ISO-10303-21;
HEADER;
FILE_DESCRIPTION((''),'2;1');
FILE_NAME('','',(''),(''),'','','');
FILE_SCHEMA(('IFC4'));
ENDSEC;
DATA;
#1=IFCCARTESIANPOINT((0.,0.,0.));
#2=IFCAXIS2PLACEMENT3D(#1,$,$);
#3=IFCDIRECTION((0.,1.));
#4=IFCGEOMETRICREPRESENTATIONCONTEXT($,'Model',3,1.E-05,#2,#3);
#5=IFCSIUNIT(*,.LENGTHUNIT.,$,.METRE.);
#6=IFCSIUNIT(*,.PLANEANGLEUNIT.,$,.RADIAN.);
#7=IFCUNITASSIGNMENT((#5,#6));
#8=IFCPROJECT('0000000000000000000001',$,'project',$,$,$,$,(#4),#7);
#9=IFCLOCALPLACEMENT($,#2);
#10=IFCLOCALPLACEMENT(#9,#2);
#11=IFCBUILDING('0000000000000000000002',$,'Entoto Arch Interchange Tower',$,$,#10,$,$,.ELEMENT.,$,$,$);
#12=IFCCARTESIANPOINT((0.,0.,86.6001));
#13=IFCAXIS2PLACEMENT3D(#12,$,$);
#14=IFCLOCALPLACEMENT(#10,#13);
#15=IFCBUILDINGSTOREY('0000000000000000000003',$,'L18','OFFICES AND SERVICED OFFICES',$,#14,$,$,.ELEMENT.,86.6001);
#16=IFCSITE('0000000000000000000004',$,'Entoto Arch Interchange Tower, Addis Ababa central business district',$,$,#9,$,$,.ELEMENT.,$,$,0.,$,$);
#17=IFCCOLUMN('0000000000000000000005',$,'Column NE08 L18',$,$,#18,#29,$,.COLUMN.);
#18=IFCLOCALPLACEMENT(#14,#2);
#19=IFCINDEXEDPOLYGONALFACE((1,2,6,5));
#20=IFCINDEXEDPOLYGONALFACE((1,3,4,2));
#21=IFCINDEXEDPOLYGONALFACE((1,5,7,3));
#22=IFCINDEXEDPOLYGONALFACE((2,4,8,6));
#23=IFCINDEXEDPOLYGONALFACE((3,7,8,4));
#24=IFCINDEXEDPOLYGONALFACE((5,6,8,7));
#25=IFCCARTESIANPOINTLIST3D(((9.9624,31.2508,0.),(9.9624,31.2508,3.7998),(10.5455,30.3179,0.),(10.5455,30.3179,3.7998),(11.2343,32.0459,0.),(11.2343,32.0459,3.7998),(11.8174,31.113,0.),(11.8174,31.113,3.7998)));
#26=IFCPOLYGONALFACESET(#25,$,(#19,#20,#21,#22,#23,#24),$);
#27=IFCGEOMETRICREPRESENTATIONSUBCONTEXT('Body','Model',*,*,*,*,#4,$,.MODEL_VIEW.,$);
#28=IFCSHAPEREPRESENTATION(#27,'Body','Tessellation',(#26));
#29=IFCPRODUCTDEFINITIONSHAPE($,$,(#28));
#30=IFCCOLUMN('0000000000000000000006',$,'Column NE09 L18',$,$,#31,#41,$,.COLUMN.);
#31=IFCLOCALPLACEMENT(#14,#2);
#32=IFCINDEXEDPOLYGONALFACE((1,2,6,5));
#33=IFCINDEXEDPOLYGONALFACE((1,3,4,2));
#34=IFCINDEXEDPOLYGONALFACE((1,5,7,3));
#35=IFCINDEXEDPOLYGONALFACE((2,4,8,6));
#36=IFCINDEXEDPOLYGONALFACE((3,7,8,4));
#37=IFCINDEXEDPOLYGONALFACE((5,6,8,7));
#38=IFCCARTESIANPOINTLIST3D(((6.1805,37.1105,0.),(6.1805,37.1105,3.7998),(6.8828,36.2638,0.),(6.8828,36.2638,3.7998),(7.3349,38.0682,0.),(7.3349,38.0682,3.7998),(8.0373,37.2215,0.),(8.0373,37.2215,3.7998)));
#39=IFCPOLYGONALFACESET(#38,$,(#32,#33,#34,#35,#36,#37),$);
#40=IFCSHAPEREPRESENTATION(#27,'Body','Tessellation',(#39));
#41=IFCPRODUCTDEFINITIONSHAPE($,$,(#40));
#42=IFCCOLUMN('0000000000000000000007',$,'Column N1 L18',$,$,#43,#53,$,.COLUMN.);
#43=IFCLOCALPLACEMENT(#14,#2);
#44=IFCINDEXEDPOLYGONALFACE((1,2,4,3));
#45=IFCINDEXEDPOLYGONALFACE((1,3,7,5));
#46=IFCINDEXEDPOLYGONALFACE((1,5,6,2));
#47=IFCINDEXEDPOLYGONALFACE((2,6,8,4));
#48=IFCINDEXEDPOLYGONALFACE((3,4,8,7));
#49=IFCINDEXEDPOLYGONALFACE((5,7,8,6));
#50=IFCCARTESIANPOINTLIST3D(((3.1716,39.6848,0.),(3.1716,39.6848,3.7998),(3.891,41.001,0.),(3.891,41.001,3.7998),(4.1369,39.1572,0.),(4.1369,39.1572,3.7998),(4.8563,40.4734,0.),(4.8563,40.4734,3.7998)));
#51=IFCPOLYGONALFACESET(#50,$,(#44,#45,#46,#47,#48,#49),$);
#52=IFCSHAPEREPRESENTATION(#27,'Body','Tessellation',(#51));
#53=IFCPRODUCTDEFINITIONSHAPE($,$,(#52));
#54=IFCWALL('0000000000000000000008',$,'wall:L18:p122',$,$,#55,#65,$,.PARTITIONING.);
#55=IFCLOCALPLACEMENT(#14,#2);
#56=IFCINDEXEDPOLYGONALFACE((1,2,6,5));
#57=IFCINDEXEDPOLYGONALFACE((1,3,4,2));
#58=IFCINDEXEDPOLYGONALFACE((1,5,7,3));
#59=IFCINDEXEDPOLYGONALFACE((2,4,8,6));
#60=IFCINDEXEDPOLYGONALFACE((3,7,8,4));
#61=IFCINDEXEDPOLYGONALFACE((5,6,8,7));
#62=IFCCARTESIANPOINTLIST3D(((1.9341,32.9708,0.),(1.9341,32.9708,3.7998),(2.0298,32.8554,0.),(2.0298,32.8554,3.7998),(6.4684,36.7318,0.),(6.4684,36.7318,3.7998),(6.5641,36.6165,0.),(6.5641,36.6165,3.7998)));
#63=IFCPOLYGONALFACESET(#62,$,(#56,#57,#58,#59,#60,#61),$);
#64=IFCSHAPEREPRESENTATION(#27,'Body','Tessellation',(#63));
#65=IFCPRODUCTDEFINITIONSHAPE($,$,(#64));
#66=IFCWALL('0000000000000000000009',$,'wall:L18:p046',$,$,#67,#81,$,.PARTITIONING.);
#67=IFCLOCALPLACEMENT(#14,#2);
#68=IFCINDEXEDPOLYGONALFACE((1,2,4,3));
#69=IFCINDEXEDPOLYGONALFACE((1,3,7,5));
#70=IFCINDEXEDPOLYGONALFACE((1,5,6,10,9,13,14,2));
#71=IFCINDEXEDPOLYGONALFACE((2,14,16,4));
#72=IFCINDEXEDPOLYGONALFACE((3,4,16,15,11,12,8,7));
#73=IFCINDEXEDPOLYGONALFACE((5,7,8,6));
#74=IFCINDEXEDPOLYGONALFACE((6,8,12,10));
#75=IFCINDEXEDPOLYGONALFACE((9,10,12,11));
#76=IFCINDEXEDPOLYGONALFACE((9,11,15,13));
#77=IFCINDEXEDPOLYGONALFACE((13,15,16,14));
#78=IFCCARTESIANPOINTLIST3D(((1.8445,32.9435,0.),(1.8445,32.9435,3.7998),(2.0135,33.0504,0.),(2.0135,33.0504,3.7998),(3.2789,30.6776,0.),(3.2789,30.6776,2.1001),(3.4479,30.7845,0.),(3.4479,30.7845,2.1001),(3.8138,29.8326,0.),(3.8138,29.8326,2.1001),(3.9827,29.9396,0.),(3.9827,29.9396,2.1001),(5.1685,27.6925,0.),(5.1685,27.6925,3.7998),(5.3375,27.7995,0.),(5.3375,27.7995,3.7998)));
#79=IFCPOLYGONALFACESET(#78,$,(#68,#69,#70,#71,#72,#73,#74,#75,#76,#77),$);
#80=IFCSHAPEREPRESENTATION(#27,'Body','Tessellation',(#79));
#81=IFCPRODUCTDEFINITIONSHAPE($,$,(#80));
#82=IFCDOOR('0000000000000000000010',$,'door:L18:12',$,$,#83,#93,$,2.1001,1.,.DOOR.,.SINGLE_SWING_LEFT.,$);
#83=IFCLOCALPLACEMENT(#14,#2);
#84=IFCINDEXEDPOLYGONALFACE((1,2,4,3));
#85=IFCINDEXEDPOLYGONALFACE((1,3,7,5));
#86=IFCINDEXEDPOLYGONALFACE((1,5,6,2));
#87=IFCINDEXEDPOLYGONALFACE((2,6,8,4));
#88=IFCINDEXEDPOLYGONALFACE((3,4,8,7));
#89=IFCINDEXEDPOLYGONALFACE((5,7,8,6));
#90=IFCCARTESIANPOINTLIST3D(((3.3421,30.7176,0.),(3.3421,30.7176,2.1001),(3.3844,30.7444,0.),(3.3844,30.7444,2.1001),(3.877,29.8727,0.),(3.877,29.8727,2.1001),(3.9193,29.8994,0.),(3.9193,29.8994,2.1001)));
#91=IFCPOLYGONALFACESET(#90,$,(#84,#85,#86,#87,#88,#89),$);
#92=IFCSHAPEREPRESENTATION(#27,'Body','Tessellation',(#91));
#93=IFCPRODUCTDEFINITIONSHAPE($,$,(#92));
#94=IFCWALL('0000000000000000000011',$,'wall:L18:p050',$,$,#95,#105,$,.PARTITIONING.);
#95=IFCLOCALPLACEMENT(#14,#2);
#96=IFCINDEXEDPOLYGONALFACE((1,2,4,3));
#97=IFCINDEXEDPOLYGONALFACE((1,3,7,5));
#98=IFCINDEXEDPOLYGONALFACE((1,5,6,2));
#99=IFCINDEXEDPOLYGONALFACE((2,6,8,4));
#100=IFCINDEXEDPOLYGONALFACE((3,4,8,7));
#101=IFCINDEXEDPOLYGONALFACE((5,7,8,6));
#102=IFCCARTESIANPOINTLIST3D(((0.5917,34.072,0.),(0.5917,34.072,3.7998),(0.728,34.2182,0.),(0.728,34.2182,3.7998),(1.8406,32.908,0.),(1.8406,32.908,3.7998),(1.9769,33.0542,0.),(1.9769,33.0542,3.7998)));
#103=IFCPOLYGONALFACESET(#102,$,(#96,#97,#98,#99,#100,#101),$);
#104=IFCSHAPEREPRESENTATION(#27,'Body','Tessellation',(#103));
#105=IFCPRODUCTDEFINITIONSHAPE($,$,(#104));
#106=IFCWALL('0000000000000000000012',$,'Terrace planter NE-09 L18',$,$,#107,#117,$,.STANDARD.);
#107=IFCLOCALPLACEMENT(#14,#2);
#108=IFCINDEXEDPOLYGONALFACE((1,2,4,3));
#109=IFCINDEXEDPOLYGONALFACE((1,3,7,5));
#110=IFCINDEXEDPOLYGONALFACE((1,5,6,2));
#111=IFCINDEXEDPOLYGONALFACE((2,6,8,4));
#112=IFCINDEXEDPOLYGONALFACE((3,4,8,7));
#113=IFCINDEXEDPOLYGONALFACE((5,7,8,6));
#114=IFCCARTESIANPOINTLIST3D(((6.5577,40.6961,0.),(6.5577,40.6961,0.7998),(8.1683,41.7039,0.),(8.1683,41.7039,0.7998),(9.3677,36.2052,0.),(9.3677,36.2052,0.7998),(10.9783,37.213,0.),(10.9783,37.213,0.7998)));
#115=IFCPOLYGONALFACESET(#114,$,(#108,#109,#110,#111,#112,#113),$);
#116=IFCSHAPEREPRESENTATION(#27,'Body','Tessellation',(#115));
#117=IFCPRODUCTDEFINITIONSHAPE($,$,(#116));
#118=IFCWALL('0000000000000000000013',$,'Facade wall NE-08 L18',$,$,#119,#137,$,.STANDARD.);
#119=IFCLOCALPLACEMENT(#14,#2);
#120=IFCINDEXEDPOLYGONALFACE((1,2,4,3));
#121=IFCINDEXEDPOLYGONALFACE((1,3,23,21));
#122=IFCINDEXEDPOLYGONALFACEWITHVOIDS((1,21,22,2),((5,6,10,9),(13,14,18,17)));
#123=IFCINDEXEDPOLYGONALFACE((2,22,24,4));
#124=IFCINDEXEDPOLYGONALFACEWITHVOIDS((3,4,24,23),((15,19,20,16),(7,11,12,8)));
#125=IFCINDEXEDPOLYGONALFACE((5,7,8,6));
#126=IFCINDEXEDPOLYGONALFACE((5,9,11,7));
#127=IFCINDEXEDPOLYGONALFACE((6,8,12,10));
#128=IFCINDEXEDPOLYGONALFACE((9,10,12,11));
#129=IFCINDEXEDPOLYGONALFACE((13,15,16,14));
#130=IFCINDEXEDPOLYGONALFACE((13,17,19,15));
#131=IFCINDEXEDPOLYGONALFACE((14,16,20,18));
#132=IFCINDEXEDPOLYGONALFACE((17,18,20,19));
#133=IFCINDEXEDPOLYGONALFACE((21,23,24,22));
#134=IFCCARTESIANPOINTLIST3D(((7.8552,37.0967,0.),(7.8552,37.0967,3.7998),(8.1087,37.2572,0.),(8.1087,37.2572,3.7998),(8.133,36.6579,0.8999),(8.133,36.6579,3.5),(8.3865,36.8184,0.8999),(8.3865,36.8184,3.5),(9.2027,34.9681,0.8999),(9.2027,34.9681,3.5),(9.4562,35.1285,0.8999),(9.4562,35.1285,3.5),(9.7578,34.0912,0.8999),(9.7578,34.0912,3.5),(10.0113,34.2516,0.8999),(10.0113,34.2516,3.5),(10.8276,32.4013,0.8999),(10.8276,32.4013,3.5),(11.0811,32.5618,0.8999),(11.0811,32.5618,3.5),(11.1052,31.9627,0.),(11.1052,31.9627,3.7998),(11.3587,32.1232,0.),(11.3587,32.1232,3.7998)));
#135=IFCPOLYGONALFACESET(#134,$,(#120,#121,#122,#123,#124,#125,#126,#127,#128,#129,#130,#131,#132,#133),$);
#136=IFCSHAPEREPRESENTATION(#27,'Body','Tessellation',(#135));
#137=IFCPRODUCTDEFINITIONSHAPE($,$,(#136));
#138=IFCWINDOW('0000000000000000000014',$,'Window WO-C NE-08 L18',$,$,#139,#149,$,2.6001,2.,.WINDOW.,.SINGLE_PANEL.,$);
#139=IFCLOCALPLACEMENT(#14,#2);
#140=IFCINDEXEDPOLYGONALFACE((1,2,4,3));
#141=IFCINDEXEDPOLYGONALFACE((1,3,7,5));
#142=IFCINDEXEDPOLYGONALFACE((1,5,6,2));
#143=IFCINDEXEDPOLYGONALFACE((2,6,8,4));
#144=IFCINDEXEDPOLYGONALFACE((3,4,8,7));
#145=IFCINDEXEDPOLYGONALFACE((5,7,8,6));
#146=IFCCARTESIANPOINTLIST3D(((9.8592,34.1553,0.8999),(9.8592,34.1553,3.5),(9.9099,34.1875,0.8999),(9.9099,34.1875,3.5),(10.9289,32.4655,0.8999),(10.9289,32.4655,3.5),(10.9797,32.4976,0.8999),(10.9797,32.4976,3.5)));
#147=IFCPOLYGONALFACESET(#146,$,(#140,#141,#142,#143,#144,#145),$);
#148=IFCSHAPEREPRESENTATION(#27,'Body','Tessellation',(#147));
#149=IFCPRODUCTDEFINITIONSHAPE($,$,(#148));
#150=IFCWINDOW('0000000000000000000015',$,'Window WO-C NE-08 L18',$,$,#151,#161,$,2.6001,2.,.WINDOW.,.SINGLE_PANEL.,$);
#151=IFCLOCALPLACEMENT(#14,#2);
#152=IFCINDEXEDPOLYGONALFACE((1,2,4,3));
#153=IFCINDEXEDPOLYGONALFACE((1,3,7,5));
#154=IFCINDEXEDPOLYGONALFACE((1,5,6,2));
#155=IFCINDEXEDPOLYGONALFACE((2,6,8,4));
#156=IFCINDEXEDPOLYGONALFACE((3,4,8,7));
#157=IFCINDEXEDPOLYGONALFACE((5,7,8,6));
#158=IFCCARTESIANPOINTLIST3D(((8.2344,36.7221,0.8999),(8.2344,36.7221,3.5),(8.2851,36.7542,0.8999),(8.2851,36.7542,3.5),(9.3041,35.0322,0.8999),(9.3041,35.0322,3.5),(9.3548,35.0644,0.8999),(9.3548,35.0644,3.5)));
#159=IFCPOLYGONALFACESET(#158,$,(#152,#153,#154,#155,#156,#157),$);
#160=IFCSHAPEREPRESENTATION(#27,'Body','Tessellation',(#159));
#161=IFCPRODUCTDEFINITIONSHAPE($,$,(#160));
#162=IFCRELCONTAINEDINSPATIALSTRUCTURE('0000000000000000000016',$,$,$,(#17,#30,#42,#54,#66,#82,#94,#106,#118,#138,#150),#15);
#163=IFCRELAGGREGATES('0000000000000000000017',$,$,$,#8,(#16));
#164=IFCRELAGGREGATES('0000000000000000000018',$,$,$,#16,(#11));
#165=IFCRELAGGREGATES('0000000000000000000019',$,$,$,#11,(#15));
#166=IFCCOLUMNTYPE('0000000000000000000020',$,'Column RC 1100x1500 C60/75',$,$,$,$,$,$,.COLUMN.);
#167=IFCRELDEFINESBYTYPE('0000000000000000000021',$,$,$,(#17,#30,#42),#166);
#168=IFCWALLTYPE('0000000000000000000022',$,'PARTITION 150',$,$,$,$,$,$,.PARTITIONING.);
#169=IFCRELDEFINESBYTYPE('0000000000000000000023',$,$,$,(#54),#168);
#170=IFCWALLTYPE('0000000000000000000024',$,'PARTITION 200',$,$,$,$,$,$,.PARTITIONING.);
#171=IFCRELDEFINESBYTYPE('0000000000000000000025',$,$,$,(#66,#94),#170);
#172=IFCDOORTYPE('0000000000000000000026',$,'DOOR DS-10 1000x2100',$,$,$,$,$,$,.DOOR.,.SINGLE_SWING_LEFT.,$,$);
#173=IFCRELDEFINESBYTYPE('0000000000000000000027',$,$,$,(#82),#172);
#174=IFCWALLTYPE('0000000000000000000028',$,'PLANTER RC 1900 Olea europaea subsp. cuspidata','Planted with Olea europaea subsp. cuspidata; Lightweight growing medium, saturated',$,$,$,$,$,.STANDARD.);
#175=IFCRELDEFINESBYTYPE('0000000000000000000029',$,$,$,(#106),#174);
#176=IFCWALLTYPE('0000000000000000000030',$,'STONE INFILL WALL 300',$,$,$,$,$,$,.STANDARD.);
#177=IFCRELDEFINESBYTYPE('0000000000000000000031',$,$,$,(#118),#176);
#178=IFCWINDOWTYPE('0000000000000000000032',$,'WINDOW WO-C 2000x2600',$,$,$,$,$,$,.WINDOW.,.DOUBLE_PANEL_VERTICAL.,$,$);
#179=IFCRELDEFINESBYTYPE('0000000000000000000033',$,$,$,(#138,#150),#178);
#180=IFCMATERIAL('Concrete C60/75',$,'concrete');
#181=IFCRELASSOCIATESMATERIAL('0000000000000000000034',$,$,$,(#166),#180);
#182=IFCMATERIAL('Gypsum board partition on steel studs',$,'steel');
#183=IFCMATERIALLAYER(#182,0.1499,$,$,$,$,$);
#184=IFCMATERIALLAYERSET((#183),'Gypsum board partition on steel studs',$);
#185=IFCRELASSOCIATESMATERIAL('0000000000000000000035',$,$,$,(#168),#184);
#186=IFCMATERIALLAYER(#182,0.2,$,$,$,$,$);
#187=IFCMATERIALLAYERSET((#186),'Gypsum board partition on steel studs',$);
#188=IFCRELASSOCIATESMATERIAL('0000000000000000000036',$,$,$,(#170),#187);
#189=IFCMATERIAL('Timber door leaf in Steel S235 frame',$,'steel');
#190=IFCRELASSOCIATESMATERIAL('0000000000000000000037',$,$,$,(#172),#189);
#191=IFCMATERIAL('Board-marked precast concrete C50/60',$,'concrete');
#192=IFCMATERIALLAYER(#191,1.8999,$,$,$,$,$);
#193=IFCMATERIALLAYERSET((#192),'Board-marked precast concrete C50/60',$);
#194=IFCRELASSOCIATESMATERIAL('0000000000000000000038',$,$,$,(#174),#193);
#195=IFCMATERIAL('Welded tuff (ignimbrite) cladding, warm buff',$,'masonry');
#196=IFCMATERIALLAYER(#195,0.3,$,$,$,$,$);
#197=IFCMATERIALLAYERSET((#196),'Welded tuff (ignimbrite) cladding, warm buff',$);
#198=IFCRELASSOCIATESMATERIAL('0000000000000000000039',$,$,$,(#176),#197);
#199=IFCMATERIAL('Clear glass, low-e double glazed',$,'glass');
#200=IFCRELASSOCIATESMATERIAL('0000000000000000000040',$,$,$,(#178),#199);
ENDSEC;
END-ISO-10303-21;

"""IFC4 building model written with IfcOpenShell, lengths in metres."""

from ifc_helpers import new_model, si_unit, direction, frame, frame_2d, origin, origin_2d, place, context, subcontext, project, spatial, rectangle, extrude, material, layer, layer_set, material_profile, profile_set, type_object, element, fill, save


model = new_model("IFC4")

# Units and contexts
model_context = context("Model", 3, precision=1e-05, world=origin(), true_north=direction((0.0, 1.0)))
body_context = subcontext(model_context, "Body", "Model", "MODEL_VIEW")
ifc_project = project(units=[si_unit("LENGTHUNIT", "METRE"), si_unit("PLANEANGLEUNIT", "RADIAN")], contexts=[model_context])

# Site, building, storey
site_placement = place(None, origin())
site = spatial("IfcSite", under=ifc_project, at=site_placement, Name="Entoto Arch Interchange Tower, Addis Ababa central business district", CompositionType="ELEMENT", RefElevation=0.0)
building_placement = place(site_placement, origin())
building = spatial("IfcBuilding", under=site, at=building_placement, Name="Entoto Arch Interchange Tower", CompositionType="ELEMENT")
storey_placement = place(building_placement, frame((0.0, 0.0, 86.6001)))
storey = spatial("IfcBuildingStorey", under=building, at=storey_placement, Name="L18", Description="OFFICES AND SERVICED OFFICES", CompositionType="ELEMENT", Elevation=86.6001)

# Columns
ifc_material_1 = material(Name="Concrete C60/75", Category="concrete")
ifc_material_profile = material_profile(ifc_material_1, rectangle(XDim=1.1001, YDim=1.5, at=origin_2d()))
ifc_profile_set = profile_set([ifc_material_profile], Name="Concrete C60/75")
column_type = type_object("IfcColumnType", Name="Column RC 1100x1500 C60/75", PredefinedType="COLUMN", material=ifc_profile_set)
for number, where, z_axis, x_axis, name in (
    (1, (10.8899, 31.1819, 0.0), (0.0, 0.0, 1.0), (-0.530067, 0.847956, 0.0), "Column NE08 L18"),
    (2, (7.1089, 37.166, 0.0), (0.0, 0.0, 1.0), (-0.638459, 0.769656, 0.0), "Column NE09 L18"),
    (3, (4.0139, 40.0791, 0.0), (0.0, 0.0, 1.0), (-0.877481, 0.479611, 0.0), "Column N1 L18"),
):
    element("IfcColumn", number, at=place(storey_placement, frame(where, z_axis=z_axis, x_axis=x_axis)), inside=storey, type_object=column_type, Name=name, PredefinedType="COLUMN", context=body_context, shape_type="SweptSolid", body=[
        extrude(rectangle(XDim=1.1001, YDim=1.5, at=origin_2d()), origin(), (0.0, 0.0, 1.0), 3.7998),
    ])

# Wall
ifc_material_2 = material(Name="Gypsum board partition on steel studs", Category="steel")
ifc_layer_1 = layer(ifc_material_2, 0.1499)
ifc_layer_set_1 = layer_set([ifc_layer_1], Name="Gypsum board partition on steel studs")
wall_type_1 = type_object("IfcWallType", Name="PARTITION 150", PredefinedType="PARTITIONING", material=ifc_layer_set_1)
wall_1_placement = place(storey_placement, frame((1.9819, 32.9131, 0.0), z_axis=(0.0, 0.0, 1.0), x_axis=(0.76968, 0.63843, 0.0)))
element("IfcWall", 4, at=wall_1_placement, inside=storey, type_object=wall_type_1, Name="wall:L18:p122", PredefinedType="PARTITIONING", context=body_context, shape_type="SweptSolid", body=[
    extrude(rectangle(XDim=5.8911, YDim=0.1499, at=frame_2d((2.9456, 0.0))), origin(), (0.0, 0.0, 1.0), 3.7998),
])

# Wall, opening, door
ifc_layer_2 = layer(ifc_material_2, 0.2)
ifc_layer_set_2 = layer_set([ifc_layer_2], Name="Gypsum board partition on steel studs")
wall_type_2 = type_object("IfcWallType", Name="PARTITION 200", PredefinedType="PARTITIONING", material=ifc_layer_set_2)
wall_2_placement = place(storey_placement, frame((1.929, 32.9971, 0.0), z_axis=(0.0, 0.0, 1.0), x_axis=(0.534863, -0.844939, 0.0)))
wall_2 = element("IfcWall", 5, at=wall_2_placement, inside=storey, type_object=wall_type_2, Name="wall:L18:p046", PredefinedType="PARTITIONING", context=body_context, shape_type="SweptSolid", body=[
    extrude(rectangle(XDim=6.2146, YDim=0.2, at=frame_2d((3.1074, 0.0))), origin(), (0.0, 0.0, 1.0), 3.7998),
])
opening_1_placement = place(wall_2_placement, frame((2.6819, 0.0, 0.0)))
opening_1 = element("IfcOpeningElement", 6, at=opening_1_placement, cuts=wall_2, PredefinedType="OPENING", context=body_context, shape_type="SweptSolid", body=[
    extrude(rectangle(XDim=1.0, YDim=2.1001, at=frame_2d((0.5, 1.05))), frame((0.0, 0.1099, 0.0), z_axis=(0.0, -1.0, 0.0), x_axis=(1.0, 0.0, 0.0)), (0.0, 0.0, 1.0), 0.22),
])
ifc_material_3 = material(Name="Timber door leaf in Steel S235 frame", Category="steel")
door_type = type_object("IfcDoorType", Name="DOOR DS-10 1000x2100", OperationType="SINGLE_SWING_LEFT", PredefinedType="DOOR", material=ifc_material_3)
door_placement = place(opening_1_placement, origin())
door = element("IfcDoor", 7, at=door_placement, inside=storey, type_object=door_type, Name="door:L18:12", OperationType="SINGLE_SWING_LEFT", OverallHeight=2.1001, OverallWidth=1.0, PredefinedType="DOOR", context=body_context, shape_type="SweptSolid", body=[
    extrude(rectangle(XDim=1.0, YDim=2.1001, at=frame_2d((0.5, 1.05))), frame((0.0, 0.0249, 0.0), z_axis=(0.0, -1.0, 0.0), x_axis=(1.0, 0.0, 0.0)), (0.0, 0.0, 1.0), 0.05),
])
fill(opening_1, door)

# Walls
wall_3_placement = place(storey_placement, frame((0.6599, 34.145, 0.0), z_axis=(0.0, 0.0, 1.0), x_axis=(0.73155, -0.681788, 0.0)))
element("IfcWall", 8, at=wall_3_placement, inside=storey, type_object=wall_type_2, Name="wall:L18:p050", PredefinedType="PARTITIONING", context=body_context, shape_type="SweptSolid", body=[
    extrude(rectangle(XDim=1.7073, YDim=0.2, at=frame_2d((0.8535, 0.0))), origin(), (0.0, 0.0, 1.0), 3.7998),
])
ifc_material_4 = material(Name="Board-marked precast concrete C50/60", Category="concrete")
ifc_layer_3 = layer(ifc_material_4, 1.8999)
ifc_layer_set_3 = layer_set([ifc_layer_3], Name="Board-marked precast concrete C50/60")
wall_type_3 = type_object("IfcWallType", Name="PLANTER RC 1900 Olea europaea subsp. cuspidata", Description="Planted with Olea europaea subsp. cuspidata; Lightweight growing medium, saturated", PredefinedType="STANDARD", material=ifc_layer_set_3)
wall_4_placement = place(storey_placement, frame((10.1731, 36.709, 0.0), z_axis=(0.0, 0.0, 1.0), x_axis=(-0.530434, 0.847726, 0.0)))
element("IfcWall", 9, at=wall_4_placement, inside=storey, type_object=wall_type_3, Name="Terrace planter NE-09 L18", PredefinedType="STANDARD", context=body_context, shape_type="SweptSolid", body=[
    extrude(rectangle(XDim=5.2976, YDim=1.8999, at=frame_2d((2.6489, 0.0))), origin(), (0.0, 0.0, 1.0), 0.7998),
])

# Wall, openings, windows
ifc_material_5 = material(Name="Welded tuff (ignimbrite) cladding, warm buff", Category="masonry")
ifc_layer_4 = layer(ifc_material_5, 0.3)
ifc_layer_set_4 = layer_set([ifc_layer_4], Name="Welded tuff (ignimbrite) cladding, warm buff")
wall_type_4 = type_object("IfcWallType", Name="STONE INFILL WALL 300", PredefinedType="STANDARD", material=ifc_layer_set_4)
wall_5_placement = place(storey_placement, frame((11.2319, 32.043, 0.0), z_axis=(0.0, 0.0, 1.0), x_axis=(-0.534869, 0.844935, 0.0)))
wall_5 = element("IfcWall", 10, at=wall_5_placement, inside=storey, type_object=wall_type_4, Name="Facade wall NE-08 L18", PredefinedType="STANDARD", context=body_context, shape_type="SweptSolid", body=[
    extrude(rectangle(XDim=6.0762, YDim=0.3, at=frame_2d((3.0381, 0.0))), origin(), (0.0, 0.0, 1.0), 3.7998),
])
opening_2_placement = place(wall_5_placement, frame((0.519, 0.0, 0.8999)))
opening_2 = element("IfcOpeningElement", 11, at=opening_2_placement, cuts=wall_5, PredefinedType="OPENING", context=body_context, shape_type="SweptSolid", body=[
    extrude(rectangle(XDim=2.0, YDim=2.6001, at=frame_2d((1.0, 1.3))), frame((0.0, 0.1602, 0.0), z_axis=(0.0, -1.0, 0.0), x_axis=(1.0, 0.0, 0.0)), (0.0, 0.0, 1.0), 0.3201),
])
opening_3_placement = place(wall_5_placement, frame((3.5569, 0.0, 0.8999)))
opening_3 = element("IfcOpeningElement", 12, at=opening_3_placement, cuts=wall_5, PredefinedType="OPENING", context=body_context, shape_type="SweptSolid", body=[
    extrude(rectangle(XDim=2.0, YDim=2.6001, at=frame_2d((1.0, 1.3))), frame((0.0, 0.1602, 0.0), z_axis=(0.0, -1.0, 0.0), x_axis=(1.0, 0.0, 0.0)), (0.0, 0.0, 1.0), 0.3201),
])
ifc_material_6 = material(Name="Clear glass, low-e double glazed", Category="glass")
window_type_1 = type_object("IfcWindowType", Name="WINDOW WO-C 2000x2600", PartitioningType="DOUBLE_PANEL_VERTICAL", PredefinedType="WINDOW", material=ifc_material_6)
window_1_placement = place(opening_2_placement, origin())
window_1 = element("IfcWindow", 13, at=window_1_placement, inside=storey, type_object=window_type_1, Name="Window WO-C NE-08 L18", OverallHeight=2.6001, OverallWidth=2.0, PartitioningType="SINGLE_PANEL", PredefinedType="WINDOW", context=body_context, shape_type="SweptSolid", body=[
    extrude(rectangle(XDim=2.0, YDim=2.6001, at=frame_2d((1.0, 1.3))), frame((0.0, 0.03, 0.0), z_axis=(0.0, -1.0, 0.0), x_axis=(1.0, 0.0, 0.0)), (0.0, 0.0, 1.0), 0.0601),
])
fill(opening_2, window_1)
window_2_placement = place(opening_3_placement, origin())
window_2 = element("IfcWindow", 14, at=window_2_placement, inside=storey, type_object=window_type_1, Name="Window WO-C NE-08 L18", OverallHeight=2.6001, OverallWidth=2.0, PartitioningType="SINGLE_PANEL", PredefinedType="WINDOW", context=body_context, shape_type="SweptSolid", body=[
    extrude(rectangle(XDim=2.0, YDim=2.6001, at=frame_2d((1.0, 1.3))), frame((0.0, 0.03, 0.0), z_axis=(0.0, -1.0, 0.0), x_axis=(1.0, 0.0, 0.0)), (0.0, 0.0, 1.0), 0.0601),
])
fill(opening_3, window_2)

save(model, "model.ifc")
